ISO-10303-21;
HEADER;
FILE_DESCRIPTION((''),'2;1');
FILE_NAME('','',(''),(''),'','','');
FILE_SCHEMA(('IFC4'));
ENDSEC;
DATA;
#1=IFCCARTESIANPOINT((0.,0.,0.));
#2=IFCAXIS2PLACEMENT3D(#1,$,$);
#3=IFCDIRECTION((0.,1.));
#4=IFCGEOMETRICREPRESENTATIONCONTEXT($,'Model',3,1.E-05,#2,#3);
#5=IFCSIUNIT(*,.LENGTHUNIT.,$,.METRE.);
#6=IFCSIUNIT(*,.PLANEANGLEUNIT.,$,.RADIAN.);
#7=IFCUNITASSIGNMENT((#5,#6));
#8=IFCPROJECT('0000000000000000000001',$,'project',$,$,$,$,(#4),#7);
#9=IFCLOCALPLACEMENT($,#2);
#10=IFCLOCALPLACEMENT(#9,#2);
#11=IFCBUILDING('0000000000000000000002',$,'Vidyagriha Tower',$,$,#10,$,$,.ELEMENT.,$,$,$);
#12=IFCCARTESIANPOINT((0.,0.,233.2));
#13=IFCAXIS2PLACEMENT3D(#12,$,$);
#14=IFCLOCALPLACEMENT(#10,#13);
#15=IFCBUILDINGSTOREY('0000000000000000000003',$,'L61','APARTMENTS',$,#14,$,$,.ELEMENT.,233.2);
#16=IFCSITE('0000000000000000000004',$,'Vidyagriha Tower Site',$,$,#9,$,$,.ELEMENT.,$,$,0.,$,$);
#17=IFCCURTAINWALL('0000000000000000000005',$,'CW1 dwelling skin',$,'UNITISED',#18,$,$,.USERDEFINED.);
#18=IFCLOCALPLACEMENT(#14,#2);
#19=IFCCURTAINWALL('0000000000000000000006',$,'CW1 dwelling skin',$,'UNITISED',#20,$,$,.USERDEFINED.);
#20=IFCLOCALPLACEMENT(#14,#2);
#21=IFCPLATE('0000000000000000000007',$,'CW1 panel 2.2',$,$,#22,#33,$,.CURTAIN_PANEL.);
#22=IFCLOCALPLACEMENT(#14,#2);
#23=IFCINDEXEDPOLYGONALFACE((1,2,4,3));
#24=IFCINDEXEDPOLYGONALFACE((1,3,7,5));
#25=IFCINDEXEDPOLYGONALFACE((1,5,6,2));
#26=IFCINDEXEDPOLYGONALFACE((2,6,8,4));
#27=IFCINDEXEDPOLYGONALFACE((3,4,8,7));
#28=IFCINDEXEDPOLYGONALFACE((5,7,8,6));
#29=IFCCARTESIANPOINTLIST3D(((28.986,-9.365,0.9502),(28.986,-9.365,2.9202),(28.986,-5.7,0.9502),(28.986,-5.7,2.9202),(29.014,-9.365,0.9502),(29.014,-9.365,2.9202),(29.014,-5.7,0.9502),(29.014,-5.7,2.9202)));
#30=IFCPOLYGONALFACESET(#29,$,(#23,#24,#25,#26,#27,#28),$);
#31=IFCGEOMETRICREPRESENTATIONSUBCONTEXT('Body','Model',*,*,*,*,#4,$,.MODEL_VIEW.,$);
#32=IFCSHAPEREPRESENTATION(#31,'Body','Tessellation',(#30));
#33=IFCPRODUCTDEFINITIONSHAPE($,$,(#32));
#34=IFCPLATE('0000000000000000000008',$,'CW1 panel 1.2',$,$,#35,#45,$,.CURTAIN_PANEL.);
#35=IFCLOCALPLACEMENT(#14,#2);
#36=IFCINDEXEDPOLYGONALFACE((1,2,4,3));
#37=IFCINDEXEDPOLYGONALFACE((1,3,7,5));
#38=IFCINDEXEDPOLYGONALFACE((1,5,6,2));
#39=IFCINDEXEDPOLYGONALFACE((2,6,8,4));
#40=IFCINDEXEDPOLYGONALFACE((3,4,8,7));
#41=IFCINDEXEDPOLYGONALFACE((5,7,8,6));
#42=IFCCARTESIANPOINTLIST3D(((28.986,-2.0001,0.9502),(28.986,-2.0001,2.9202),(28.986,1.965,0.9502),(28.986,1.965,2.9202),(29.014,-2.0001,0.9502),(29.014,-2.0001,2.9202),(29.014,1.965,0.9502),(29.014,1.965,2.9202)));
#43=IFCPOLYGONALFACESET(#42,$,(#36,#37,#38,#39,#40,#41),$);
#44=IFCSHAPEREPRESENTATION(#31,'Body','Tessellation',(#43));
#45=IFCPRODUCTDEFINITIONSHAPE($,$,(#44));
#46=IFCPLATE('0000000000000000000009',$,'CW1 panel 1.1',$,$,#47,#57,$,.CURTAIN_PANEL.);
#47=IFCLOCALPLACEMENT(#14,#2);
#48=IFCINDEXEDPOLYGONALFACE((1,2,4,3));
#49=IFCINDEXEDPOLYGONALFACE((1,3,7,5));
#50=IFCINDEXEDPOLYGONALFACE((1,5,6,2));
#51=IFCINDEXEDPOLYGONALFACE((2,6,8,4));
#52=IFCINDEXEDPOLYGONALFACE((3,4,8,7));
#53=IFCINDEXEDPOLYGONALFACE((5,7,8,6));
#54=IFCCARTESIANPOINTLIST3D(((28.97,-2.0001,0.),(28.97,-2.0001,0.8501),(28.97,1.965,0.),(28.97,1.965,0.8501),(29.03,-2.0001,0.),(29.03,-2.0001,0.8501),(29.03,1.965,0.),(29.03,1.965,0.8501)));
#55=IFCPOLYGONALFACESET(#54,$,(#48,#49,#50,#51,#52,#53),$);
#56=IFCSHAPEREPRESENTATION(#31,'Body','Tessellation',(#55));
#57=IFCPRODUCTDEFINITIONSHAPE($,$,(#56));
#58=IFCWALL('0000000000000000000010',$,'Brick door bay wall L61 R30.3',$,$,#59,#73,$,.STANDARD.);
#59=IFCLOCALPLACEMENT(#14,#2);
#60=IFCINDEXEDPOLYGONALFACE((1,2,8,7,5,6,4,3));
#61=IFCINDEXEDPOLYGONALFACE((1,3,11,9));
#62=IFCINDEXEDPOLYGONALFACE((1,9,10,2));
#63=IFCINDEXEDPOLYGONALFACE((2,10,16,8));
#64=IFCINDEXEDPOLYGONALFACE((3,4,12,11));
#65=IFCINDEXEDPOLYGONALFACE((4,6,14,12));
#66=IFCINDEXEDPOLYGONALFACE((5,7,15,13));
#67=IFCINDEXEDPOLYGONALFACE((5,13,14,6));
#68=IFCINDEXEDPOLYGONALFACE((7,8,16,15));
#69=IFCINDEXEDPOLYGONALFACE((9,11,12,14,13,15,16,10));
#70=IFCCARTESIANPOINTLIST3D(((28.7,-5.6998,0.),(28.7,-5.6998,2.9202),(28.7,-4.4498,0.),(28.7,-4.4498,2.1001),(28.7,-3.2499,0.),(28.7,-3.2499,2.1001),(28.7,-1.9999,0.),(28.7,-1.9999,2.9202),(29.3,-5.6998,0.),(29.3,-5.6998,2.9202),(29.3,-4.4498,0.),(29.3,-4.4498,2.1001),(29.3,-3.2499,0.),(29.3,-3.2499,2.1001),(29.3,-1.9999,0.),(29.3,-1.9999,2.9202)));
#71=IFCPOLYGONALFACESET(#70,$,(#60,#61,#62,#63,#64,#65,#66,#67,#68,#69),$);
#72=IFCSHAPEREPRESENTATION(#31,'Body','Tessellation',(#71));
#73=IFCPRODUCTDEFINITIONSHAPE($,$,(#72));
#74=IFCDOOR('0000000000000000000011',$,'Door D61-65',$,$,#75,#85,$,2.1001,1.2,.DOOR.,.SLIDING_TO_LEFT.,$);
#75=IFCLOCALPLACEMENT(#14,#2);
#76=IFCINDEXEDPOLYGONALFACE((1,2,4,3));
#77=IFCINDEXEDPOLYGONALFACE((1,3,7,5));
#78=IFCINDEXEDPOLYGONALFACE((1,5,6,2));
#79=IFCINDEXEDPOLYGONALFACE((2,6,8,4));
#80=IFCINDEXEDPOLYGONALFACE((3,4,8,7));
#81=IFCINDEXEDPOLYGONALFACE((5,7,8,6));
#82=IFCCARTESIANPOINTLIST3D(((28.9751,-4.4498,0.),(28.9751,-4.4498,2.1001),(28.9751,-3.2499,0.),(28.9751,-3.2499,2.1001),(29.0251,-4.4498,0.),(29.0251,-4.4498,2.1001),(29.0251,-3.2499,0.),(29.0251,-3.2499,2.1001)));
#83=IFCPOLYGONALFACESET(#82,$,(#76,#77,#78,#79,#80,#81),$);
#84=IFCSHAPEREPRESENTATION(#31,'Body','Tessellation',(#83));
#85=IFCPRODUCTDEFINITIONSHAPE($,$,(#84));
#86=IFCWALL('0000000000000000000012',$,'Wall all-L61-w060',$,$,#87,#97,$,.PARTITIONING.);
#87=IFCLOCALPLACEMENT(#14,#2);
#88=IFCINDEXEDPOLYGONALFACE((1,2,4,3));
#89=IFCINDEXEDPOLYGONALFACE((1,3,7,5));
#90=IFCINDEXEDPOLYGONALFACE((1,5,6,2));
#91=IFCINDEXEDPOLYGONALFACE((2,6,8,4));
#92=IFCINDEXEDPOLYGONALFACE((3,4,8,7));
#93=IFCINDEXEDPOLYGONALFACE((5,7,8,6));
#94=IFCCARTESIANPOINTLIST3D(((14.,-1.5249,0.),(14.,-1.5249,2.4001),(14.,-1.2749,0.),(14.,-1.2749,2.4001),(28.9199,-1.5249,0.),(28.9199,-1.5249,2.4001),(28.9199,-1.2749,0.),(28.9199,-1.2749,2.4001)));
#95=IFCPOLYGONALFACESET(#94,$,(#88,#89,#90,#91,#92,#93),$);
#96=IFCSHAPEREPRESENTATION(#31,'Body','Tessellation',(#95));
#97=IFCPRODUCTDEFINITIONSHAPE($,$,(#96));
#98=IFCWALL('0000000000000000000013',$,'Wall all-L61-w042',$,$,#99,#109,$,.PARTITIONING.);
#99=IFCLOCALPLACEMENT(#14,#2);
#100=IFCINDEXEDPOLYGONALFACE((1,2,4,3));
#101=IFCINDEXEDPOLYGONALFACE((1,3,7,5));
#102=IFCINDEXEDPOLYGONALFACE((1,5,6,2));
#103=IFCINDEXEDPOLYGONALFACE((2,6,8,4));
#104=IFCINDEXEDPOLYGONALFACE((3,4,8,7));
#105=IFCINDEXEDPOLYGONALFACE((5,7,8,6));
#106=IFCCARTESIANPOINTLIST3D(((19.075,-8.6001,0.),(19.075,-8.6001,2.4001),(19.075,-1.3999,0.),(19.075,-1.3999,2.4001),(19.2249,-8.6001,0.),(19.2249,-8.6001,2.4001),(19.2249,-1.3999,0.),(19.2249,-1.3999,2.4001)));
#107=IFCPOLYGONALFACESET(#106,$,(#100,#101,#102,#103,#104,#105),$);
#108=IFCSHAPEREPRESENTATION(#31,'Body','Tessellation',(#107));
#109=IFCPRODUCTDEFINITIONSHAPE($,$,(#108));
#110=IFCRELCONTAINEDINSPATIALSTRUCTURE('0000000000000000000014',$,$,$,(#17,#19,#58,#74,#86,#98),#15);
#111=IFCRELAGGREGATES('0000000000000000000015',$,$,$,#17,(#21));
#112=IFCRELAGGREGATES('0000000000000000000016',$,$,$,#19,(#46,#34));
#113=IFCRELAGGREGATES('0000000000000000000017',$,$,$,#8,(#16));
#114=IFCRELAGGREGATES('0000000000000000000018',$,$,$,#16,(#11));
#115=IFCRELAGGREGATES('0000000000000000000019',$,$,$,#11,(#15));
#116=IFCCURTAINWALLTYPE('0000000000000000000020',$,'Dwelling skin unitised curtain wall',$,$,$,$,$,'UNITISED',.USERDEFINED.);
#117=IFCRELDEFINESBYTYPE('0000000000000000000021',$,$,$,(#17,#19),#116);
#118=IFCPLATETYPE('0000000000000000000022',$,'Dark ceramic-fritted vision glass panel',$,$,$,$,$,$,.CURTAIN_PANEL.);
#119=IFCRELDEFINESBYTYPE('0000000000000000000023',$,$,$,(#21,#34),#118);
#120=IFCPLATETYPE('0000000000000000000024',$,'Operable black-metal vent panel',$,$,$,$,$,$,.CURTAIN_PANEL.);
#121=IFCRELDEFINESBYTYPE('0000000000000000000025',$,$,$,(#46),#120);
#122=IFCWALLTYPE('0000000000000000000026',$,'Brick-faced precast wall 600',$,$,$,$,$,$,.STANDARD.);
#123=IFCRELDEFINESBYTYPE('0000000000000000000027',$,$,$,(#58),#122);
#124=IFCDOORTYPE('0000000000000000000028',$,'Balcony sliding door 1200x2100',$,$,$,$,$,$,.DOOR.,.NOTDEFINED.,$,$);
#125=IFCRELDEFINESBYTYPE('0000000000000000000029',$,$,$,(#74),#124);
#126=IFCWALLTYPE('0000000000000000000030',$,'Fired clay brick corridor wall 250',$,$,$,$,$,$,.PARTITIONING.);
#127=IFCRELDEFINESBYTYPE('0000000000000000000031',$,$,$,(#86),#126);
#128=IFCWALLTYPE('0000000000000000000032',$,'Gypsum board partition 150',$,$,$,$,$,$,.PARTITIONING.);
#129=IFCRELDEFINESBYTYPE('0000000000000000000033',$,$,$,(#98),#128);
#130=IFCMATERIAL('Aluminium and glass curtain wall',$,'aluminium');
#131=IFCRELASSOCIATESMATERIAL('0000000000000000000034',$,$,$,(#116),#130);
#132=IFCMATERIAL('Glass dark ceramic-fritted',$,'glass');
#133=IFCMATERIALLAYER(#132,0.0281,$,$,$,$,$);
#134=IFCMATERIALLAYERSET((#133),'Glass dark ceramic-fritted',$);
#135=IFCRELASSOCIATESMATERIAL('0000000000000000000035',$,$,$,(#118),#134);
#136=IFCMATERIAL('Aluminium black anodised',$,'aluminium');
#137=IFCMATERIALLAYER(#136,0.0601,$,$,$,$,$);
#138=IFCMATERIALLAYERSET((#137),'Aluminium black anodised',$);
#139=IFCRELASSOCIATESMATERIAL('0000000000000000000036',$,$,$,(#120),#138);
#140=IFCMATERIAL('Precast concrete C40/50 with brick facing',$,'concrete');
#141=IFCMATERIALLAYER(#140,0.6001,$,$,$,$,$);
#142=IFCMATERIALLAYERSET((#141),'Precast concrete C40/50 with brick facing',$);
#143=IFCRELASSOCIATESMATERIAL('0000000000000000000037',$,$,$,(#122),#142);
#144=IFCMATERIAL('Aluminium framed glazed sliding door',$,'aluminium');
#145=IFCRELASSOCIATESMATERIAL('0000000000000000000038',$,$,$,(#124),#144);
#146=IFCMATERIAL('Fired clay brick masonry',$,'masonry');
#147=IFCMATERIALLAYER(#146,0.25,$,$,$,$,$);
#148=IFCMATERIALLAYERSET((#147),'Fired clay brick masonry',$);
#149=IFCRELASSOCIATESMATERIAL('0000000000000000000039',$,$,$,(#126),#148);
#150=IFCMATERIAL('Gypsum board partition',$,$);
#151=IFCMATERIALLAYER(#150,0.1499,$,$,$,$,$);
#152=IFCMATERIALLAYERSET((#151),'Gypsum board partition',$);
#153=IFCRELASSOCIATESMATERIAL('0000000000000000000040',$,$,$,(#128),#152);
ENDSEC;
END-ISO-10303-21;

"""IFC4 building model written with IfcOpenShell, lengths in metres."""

from ifc_helpers import new_model, si_unit, direction, frame, frame_2d, origin, origin_2d, place, context, subcontext, project, spatial, rectangle, extrude, material, layer, layer_set, type_object, element, fill, aggregate, save


model = new_model("IFC4")

# Units and contexts
model_context = context("Model", 3, precision=1e-05, world=origin(), true_north=direction((0.0, 1.0)))
body_context = subcontext(model_context, "Body", "Model", "MODEL_VIEW")
ifc_project = project(units=[si_unit("LENGTHUNIT", "METRE"), si_unit("PLANEANGLEUNIT", "RADIAN")], contexts=[model_context])

# Site, building, storey
site_placement = place(None, origin())
site = spatial("IfcSite", under=ifc_project, at=site_placement, Name="Vidyagriha Tower Site", CompositionType="ELEMENT", RefElevation=0.0)
building_placement = place(site_placement, origin())
building = spatial("IfcBuilding", under=site, at=building_placement, Name="Vidyagriha Tower", CompositionType="ELEMENT")
storey_placement = place(building_placement, frame((0.0, 0.0, 233.2)))
storey = spatial("IfcBuildingStorey", under=building, at=storey_placement, Name="L61", Description="APARTMENTS", CompositionType="ELEMENT", Elevation=233.2)

# Curtain wall
ifc_material_1 = material(Name="Aluminium and glass curtain wall", Category="aluminium")
curtain_wall_type = type_object("IfcCurtainWallType", Name="Dwelling skin unitised curtain wall", ElementType="UNITISED", PredefinedType="USERDEFINED", material=ifc_material_1)
curtain_wall_1_placement = place(storey_placement, origin())
curtain_wall_1 = element("IfcCurtainWall", 1, at=curtain_wall_1_placement, inside=storey, type_object=curtain_wall_type, Name="CW1 dwelling skin", ObjectType="UNITISED", PredefinedType="USERDEFINED")

# Curtain wall
curtain_wall_2_placement = place(storey_placement, origin())
curtain_wall_2 = element("IfcCurtainWall", 2, at=curtain_wall_2_placement, inside=storey, type_object=curtain_wall_type, Name="CW1 dwelling skin", ObjectType="UNITISED", PredefinedType="USERDEFINED")

# Plates
ifc_material_2 = material(Name="Glass dark ceramic-fritted", Category="glass")
ifc_layer_1 = layer(ifc_material_2, 0.0281)
ifc_layer_set_1 = layer_set([ifc_layer_1], Name="Glass dark ceramic-fritted")
plate_type_1 = type_object("IfcPlateType", Name="Dark ceramic-fritted vision glass panel", PredefinedType="CURTAIN_PANEL", material=ifc_layer_set_1)
plate_1_placement = place(storey_placement, frame((29.0, -7.5325, 0.9502), z_axis=(0.0, 0.0, 1.0), x_axis=(0.0, 1.0, 0.0)))
plate_1 = element("IfcPlate", 3, at=plate_1_placement, type_object=plate_type_1, Name="CW1 panel 2.2", PredefinedType="CURTAIN_PANEL", context=body_context, shape_type="SweptSolid", body=[
    extrude(rectangle(XDim=3.665, YDim=0.0281, at=origin_2d()), origin(), (0.0, 0.0, 1.0), 1.97),
])
aggregate(curtain_wall_1, [plate_1])
plate_2_placement = place(storey_placement, frame((29.0, -0.0176, 0.9502), z_axis=(0.0, 0.0, 1.0), x_axis=(0.0, 1.0, 0.0)))
plate_2 = element("IfcPlate", 4, at=plate_2_placement, type_object=plate_type_1, Name="CW1 panel 1.2", PredefinedType="CURTAIN_PANEL", context=body_context, shape_type="SweptSolid", body=[
    extrude(rectangle(XDim=3.9651, YDim=0.0281, at=origin_2d()), origin(), (0.0, 0.0, 1.0), 1.97),
])
ifc_material_3 = material(Name="Aluminium black anodised", Category="aluminium")
ifc_layer_2 = layer(ifc_material_3, 0.0601)
ifc_layer_set_2 = layer_set([ifc_layer_2], Name="Aluminium black anodised")
plate_type_2 = type_object("IfcPlateType", Name="Operable black-metal vent panel", PredefinedType="CURTAIN_PANEL", material=ifc_layer_set_2)
plate_3_placement = place(storey_placement, frame((29.0, -0.0176, 0.0), z_axis=(0.0, 0.0, 1.0), x_axis=(0.0, 1.0, 0.0)))
plate_3 = element("IfcPlate", 5, at=plate_3_placement, type_object=plate_type_2, Name="CW1 panel 1.1", PredefinedType="CURTAIN_PANEL", context=body_context, shape_type="SweptSolid", body=[
    extrude(rectangle(XDim=3.9651, YDim=0.0601, at=origin_2d()), origin(), (0.0, 0.0, 1.0), 0.8501),
])
aggregate(curtain_wall_2, [plate_3, plate_2])

# Wall, opening, door
ifc_material_4 = material(Name="Precast concrete C40/50 with brick facing", Category="concrete")
ifc_layer_3 = layer(ifc_material_4, 0.6001)
ifc_layer_set_3 = layer_set([ifc_layer_3], Name="Precast concrete C40/50 with brick facing")
wall_type_1 = type_object("IfcWallType", Name="Brick-faced precast wall 600", PredefinedType="STANDARD", material=ifc_layer_set_3)
wall_1_placement = place(storey_placement, frame((29.0, -5.7, 0.0), z_axis=(0.0, 0.0, 1.0), x_axis=(0.0, 1.0, 0.0)))
wall_1 = element("IfcWall", 6, at=wall_1_placement, inside=storey, type_object=wall_type_1, Name="Brick door bay wall L61 R30.3", PredefinedType="STANDARD", context=body_context, shape_type="SweptSolid", body=[
    extrude(rectangle(XDim=3.7, YDim=0.6001, at=frame_2d((1.8501, 0.0))), origin(), (0.0, 0.0, 1.0), 2.9202),
])
opening_placement = place(wall_1_placement, frame((1.25, 0.0, 0.0)))
opening = element("IfcOpeningElement", 7, at=opening_placement, cuts=wall_1, PredefinedType="OPENING", context=body_context, shape_type="SweptSolid", body=[
    extrude(rectangle(XDim=1.2, YDim=2.1001, at=frame_2d((0.6001, 1.05))), frame((0.0, 0.3101, 0.0), z_axis=(0.0, -1.0, 0.0), x_axis=(1.0, 0.0, 0.0)), (0.0, 0.0, 1.0), 0.6201),
])
ifc_material_5 = material(Name="Aluminium framed glazed sliding door", Category="aluminium")
door_type = type_object("IfcDoorType", Name="Balcony sliding door 1200x2100", OperationType="NOTDEFINED", PredefinedType="DOOR", material=ifc_material_5)
door_placement = place(opening_placement, origin())
door = element("IfcDoor", 8, at=door_placement, inside=storey, type_object=door_type, Name="Door D61-65", OperationType="SLIDING_TO_LEFT", OverallHeight=2.1001, OverallWidth=1.2, PredefinedType="DOOR", context=body_context, shape_type="SweptSolid", body=[
    extrude(rectangle(XDim=1.2, YDim=2.1001, at=frame_2d((0.6001, 1.05))), frame((0.0, 0.0249, 0.0), z_axis=(0.0, -1.0, 0.0), x_axis=(1.0, 0.0, 0.0)), (0.0, 0.0, 1.0), 0.05),
])
fill(opening, door)

# Walls
ifc_material_6 = material(Name="Fired clay brick masonry", Category="masonry")
ifc_layer_4 = layer(ifc_material_6, 0.25)
ifc_layer_set_4 = layer_set([ifc_layer_4], Name="Fired clay brick masonry")
wall_type_2 = type_object("IfcWallType", Name="Fired clay brick corridor wall 250", PredefinedType="PARTITIONING", material=ifc_layer_set_4)
wall_2_placement = place(storey_placement, frame((28.9199, -1.3999, 0.0), z_axis=(0.0, 0.0, 1.0), x_axis=(-1.0, 0.0, 0.0)))
element("IfcWall", 9, at=wall_2_placement, inside=storey, type_object=wall_type_2, Name="Wall all-L61-w060", PredefinedType="PARTITIONING", context=body_context, shape_type="SweptSolid", body=[
    extrude(rectangle(XDim=14.9199, YDim=0.25, at=frame_2d((7.46, 0.0))), origin(), (0.0, 0.0, 1.0), 2.4001),
])
ifc_material_7 = material(Name="Gypsum board partition")
ifc_layer_5 = layer(ifc_material_7, 0.1499)
ifc_layer_set_5 = layer_set([ifc_layer_5], Name="Gypsum board partition")
wall_type_3 = type_object("IfcWallType", Name="Gypsum board partition 150", PredefinedType="PARTITIONING", material=ifc_layer_set_5)
wall_3_placement = place(storey_placement, frame((19.1499, -1.3999, 0.0), z_axis=(0.0, 0.0, 1.0), x_axis=(0.0, -1.0, 0.0)))
element("IfcWall", 10, at=wall_3_placement, inside=storey, type_object=wall_type_3, Name="Wall all-L61-w042", PredefinedType="PARTITIONING", context=body_context, shape_type="SweptSolid", body=[
    extrude(rectangle(XDim=7.2002, YDim=0.1499, at=frame_2d((3.6001, 0.0))), origin(), (0.0, 0.0, 1.0), 2.4001),
])

save(model, "model.ifc")
